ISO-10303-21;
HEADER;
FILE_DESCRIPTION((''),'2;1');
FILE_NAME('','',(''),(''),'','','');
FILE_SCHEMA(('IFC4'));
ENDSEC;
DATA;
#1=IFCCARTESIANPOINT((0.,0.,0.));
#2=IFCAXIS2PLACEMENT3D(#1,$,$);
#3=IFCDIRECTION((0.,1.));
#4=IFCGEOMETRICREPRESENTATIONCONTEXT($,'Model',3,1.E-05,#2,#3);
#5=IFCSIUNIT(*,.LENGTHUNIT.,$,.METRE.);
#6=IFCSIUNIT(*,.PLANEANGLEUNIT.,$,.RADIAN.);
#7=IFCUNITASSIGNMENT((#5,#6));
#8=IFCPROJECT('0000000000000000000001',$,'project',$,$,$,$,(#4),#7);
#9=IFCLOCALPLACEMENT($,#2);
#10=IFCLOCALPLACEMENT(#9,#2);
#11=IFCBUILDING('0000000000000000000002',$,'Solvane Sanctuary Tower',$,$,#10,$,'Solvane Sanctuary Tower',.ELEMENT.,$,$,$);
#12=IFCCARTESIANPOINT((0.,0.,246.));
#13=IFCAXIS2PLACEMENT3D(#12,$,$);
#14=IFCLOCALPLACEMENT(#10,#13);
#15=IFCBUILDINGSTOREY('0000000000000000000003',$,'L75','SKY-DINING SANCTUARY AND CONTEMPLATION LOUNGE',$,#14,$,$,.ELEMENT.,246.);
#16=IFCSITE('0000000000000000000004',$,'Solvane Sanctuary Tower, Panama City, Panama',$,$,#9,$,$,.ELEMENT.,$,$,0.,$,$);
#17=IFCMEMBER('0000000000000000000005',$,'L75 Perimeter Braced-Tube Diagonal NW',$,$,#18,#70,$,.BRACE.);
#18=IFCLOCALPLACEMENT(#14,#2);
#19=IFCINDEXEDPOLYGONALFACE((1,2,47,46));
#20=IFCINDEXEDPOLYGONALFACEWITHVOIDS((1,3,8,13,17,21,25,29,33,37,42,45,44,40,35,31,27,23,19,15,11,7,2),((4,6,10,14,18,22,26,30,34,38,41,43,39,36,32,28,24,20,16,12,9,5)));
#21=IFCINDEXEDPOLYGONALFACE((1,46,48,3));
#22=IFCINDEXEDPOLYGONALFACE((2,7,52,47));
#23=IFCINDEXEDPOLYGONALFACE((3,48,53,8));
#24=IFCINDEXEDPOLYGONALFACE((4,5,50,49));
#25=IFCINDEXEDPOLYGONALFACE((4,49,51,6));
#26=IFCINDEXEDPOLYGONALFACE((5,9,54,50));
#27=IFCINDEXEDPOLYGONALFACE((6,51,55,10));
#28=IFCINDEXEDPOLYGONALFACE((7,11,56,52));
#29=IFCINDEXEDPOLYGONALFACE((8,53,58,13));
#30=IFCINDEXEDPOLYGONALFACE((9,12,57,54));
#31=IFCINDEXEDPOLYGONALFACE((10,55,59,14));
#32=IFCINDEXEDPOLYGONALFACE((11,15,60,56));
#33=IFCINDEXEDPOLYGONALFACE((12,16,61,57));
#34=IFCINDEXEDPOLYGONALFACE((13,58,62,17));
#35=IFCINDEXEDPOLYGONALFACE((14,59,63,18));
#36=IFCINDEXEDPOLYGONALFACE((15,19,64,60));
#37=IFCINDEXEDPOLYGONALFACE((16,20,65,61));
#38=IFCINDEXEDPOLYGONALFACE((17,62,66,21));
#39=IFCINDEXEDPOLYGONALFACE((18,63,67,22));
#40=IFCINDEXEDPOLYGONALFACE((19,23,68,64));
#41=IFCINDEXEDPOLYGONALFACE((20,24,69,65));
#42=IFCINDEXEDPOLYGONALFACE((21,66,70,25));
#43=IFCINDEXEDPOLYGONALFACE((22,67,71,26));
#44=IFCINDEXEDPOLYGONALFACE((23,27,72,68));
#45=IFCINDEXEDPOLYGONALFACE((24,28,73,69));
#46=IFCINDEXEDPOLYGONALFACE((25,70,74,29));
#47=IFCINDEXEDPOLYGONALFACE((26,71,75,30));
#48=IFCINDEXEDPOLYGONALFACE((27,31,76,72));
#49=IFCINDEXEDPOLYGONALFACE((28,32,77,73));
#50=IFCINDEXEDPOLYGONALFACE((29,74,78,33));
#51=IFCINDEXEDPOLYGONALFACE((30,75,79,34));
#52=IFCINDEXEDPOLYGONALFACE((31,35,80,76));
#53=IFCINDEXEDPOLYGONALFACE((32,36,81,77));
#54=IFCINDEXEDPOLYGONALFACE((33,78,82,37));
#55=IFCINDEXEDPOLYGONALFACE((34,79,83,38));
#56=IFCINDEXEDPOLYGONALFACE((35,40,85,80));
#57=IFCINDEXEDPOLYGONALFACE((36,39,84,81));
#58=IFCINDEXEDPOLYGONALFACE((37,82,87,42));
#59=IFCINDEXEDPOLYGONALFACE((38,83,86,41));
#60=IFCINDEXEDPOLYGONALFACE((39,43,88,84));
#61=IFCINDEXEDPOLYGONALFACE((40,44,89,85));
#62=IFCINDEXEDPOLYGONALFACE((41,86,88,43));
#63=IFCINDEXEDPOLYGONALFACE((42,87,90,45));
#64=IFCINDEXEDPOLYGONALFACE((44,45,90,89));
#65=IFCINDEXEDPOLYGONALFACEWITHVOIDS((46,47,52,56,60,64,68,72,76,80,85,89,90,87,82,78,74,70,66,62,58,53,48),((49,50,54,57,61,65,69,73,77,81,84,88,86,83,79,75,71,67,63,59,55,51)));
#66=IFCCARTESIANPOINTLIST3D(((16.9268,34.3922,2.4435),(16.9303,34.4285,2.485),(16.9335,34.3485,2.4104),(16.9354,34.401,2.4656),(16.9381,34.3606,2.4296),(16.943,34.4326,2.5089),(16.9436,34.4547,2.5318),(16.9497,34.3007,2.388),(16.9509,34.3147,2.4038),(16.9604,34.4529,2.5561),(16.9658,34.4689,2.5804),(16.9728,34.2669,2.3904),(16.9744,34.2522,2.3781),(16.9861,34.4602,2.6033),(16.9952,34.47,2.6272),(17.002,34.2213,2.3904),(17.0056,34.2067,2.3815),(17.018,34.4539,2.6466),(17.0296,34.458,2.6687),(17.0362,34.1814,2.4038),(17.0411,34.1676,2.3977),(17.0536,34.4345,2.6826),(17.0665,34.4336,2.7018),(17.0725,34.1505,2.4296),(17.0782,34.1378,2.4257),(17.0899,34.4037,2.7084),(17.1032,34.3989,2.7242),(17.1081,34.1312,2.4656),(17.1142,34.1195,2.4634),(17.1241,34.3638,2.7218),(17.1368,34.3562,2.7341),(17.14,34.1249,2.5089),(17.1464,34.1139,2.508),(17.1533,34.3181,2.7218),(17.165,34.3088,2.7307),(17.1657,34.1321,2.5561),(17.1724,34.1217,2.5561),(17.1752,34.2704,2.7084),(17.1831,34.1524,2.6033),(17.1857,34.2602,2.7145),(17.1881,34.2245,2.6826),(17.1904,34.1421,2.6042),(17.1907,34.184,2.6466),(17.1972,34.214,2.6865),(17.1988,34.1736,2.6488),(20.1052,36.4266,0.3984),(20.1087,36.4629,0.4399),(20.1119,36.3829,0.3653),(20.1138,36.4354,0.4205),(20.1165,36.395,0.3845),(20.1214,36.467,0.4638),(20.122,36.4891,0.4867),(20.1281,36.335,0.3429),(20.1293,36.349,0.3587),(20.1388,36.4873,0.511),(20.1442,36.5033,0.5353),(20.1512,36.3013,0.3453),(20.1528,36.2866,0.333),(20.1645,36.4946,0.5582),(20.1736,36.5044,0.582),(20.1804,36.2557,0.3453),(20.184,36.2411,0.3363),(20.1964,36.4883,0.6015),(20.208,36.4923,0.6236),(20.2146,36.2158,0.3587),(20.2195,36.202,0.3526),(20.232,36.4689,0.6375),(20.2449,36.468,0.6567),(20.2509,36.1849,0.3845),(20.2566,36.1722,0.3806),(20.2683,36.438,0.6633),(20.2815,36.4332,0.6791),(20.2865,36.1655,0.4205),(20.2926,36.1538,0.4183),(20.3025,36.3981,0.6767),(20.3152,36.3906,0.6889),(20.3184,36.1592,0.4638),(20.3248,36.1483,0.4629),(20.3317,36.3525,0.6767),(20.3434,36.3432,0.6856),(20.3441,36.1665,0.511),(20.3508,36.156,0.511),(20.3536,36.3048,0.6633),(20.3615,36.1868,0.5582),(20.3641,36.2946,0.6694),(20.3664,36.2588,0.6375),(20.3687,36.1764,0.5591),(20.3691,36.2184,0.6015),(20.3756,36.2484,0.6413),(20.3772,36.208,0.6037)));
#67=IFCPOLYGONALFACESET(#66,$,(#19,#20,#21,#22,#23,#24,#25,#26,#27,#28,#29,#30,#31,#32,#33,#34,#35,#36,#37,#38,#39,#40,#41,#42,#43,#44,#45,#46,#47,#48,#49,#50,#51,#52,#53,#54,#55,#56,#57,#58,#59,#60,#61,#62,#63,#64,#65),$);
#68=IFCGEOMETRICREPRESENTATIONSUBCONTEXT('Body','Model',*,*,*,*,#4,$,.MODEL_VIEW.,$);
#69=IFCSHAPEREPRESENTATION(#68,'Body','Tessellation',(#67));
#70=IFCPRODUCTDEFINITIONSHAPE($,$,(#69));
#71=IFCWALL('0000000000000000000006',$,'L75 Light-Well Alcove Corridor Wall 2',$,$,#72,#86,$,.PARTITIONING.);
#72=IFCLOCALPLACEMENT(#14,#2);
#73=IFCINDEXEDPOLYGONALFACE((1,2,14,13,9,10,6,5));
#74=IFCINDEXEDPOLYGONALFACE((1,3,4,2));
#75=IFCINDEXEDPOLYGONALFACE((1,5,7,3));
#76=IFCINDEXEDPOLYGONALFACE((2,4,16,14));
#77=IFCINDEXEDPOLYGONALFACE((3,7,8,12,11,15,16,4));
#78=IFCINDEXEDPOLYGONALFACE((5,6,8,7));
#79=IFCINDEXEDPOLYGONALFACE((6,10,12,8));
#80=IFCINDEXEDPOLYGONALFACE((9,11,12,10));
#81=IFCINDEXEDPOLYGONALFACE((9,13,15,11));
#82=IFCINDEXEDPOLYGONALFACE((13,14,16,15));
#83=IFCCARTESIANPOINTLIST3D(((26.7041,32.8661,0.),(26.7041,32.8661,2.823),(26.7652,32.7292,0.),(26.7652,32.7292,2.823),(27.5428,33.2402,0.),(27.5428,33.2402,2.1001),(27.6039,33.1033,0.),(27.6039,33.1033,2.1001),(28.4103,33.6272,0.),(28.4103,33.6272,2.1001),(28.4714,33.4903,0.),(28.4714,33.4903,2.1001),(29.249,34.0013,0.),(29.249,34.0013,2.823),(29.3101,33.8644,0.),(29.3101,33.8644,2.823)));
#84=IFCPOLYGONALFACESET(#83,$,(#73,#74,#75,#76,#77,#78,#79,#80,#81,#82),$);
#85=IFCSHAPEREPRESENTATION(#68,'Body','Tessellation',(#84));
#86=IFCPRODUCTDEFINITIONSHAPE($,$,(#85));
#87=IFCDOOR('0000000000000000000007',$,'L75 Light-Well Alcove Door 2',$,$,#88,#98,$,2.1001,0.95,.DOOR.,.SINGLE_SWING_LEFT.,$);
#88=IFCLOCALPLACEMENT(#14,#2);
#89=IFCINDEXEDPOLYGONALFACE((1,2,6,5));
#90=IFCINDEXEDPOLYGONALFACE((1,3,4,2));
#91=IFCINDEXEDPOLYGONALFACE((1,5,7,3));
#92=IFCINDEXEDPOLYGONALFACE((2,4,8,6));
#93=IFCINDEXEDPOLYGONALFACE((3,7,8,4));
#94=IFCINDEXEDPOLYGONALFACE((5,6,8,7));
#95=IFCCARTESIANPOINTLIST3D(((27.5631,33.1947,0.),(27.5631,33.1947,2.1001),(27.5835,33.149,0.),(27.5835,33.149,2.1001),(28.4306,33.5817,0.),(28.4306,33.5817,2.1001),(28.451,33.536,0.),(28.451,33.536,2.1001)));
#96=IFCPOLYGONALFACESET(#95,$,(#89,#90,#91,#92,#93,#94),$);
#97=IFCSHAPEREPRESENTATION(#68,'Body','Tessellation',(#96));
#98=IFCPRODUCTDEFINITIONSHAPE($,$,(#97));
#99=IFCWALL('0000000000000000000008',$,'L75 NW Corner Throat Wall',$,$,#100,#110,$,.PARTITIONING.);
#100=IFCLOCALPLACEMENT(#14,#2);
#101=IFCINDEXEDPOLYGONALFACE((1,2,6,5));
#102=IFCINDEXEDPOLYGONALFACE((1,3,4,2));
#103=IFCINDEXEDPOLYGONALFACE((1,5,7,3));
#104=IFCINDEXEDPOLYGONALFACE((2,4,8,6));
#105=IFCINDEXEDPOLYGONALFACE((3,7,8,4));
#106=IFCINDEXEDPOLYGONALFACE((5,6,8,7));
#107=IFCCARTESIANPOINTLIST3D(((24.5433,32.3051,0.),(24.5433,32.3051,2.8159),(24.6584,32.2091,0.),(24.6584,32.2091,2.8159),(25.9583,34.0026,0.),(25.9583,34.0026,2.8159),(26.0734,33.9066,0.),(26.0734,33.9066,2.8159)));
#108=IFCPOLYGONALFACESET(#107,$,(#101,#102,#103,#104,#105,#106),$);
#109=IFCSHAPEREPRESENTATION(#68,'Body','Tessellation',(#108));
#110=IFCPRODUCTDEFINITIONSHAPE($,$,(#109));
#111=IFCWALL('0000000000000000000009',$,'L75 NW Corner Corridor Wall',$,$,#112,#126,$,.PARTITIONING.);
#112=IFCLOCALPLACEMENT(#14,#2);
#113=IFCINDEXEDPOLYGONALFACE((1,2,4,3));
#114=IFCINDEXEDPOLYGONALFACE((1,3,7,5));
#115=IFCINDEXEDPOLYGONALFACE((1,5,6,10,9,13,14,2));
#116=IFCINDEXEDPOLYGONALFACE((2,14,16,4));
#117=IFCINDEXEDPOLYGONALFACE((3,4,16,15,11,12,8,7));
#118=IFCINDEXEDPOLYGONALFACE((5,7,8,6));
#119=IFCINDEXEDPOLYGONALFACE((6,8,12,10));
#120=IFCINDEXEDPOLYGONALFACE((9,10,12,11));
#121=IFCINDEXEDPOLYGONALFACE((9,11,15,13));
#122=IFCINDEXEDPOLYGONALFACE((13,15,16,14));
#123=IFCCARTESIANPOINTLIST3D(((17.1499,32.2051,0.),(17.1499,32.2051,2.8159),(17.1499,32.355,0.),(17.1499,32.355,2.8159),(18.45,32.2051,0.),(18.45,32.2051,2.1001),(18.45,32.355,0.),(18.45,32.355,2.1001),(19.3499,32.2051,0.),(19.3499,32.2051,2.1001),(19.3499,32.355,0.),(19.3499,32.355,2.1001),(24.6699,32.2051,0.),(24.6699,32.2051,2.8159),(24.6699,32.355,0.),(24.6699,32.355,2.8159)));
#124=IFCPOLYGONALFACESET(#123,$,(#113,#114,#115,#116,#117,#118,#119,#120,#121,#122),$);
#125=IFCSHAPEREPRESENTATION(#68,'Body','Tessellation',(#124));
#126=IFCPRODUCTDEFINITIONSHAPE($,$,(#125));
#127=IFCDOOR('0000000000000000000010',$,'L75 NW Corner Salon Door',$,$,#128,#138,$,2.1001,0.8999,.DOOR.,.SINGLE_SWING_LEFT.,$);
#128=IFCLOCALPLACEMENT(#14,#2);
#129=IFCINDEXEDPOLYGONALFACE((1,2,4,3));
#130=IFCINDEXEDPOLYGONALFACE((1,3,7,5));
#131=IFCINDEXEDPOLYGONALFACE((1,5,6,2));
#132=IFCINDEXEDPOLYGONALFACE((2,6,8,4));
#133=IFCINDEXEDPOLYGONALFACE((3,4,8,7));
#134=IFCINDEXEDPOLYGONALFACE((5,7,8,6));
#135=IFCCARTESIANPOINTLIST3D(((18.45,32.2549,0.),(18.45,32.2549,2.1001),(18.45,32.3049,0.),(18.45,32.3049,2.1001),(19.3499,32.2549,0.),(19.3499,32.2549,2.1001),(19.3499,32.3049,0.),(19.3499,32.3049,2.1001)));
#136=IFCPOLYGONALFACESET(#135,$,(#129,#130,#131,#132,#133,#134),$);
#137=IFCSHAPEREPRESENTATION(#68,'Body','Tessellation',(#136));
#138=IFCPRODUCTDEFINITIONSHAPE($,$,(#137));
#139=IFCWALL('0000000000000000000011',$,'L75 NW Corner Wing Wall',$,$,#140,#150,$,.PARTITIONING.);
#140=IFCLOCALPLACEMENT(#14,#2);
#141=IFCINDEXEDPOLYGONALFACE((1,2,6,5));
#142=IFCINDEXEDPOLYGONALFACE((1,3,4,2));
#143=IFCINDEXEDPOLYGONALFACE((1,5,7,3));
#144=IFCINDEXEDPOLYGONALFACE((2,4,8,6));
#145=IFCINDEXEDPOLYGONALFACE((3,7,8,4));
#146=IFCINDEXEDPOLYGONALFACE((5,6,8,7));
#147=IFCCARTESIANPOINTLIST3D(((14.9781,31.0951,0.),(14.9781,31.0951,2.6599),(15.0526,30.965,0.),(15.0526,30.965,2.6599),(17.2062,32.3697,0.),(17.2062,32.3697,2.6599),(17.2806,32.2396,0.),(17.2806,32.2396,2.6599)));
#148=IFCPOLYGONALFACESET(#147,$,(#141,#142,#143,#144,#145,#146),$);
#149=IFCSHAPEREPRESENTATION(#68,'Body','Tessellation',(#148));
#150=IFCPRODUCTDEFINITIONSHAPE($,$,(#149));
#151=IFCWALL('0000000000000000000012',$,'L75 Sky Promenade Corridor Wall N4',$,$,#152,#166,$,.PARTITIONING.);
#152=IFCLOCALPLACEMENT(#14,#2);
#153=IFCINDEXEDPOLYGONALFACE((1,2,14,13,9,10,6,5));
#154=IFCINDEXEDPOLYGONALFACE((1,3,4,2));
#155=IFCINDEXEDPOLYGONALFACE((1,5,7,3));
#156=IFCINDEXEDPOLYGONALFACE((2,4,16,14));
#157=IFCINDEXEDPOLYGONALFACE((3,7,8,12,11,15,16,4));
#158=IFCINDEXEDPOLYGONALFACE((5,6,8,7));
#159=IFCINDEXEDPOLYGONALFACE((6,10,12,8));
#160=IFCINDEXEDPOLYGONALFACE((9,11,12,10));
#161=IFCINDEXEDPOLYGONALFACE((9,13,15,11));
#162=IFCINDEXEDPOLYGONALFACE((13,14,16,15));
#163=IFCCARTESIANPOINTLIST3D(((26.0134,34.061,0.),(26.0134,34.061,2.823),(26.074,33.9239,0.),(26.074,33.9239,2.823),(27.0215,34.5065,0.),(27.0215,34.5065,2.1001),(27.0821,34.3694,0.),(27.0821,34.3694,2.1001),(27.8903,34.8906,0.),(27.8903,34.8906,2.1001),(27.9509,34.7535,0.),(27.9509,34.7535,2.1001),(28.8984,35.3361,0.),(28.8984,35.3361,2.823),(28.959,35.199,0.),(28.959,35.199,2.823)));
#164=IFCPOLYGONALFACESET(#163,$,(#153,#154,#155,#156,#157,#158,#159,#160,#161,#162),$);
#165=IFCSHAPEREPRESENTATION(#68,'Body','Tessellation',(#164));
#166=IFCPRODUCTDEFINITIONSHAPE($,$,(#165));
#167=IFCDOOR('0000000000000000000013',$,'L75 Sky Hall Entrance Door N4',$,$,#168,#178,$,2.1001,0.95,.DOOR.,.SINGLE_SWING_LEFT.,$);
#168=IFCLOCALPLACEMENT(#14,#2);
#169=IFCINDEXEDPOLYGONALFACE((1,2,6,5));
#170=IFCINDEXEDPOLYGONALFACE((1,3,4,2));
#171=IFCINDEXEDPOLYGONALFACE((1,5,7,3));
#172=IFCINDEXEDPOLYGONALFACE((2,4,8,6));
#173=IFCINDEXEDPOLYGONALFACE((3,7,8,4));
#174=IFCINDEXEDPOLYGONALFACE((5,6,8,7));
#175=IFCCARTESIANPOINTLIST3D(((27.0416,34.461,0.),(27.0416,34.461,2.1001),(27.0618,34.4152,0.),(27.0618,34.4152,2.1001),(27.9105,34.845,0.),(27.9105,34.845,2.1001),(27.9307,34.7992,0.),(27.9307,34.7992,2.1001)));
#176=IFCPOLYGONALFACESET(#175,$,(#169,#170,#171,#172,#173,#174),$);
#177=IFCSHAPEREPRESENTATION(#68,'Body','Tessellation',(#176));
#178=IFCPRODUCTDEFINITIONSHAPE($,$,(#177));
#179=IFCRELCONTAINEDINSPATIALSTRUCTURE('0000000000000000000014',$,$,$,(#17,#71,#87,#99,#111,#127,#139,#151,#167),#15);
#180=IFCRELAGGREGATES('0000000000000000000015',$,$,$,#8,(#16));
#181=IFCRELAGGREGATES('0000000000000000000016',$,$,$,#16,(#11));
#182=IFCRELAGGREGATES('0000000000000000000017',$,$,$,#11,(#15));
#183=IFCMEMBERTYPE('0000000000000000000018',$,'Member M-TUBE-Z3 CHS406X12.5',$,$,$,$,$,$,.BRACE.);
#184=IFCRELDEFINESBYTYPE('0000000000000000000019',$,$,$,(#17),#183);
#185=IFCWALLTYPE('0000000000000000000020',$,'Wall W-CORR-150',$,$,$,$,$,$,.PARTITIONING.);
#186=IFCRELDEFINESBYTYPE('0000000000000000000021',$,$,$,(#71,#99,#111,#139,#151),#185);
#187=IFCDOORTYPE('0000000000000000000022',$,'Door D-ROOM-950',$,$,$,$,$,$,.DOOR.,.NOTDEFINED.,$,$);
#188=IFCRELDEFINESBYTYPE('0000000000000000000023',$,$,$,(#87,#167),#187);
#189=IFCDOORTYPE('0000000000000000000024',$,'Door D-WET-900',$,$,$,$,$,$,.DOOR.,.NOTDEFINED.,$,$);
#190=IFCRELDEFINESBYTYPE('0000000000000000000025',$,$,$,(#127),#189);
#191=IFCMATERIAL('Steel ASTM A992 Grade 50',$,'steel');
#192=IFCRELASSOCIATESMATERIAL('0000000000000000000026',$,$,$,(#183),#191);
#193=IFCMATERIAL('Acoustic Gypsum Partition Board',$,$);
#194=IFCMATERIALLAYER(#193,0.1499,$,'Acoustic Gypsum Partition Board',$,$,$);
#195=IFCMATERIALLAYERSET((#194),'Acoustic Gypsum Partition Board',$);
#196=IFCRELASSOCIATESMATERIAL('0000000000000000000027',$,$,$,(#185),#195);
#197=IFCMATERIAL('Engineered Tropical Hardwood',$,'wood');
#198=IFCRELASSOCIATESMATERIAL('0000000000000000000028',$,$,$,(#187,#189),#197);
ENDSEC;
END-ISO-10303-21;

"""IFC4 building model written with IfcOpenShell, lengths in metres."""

from ifc_helpers import new_model, si_unit, direction, frame, frame_2d, origin, origin_2d, place, context, subcontext, project, spatial, rectangle, hollow_circle, extrude, material, layer, layer_set, material_profile, profile_set, type_object, element, fill, save


model = new_model("IFC4")

# Units and contexts
model_context = context("Model", 3, precision=1e-05, world=origin(), true_north=direction((0.0, 1.0)))
body_context = subcontext(model_context, "Body", "Model", "MODEL_VIEW")
ifc_project = project(units=[si_unit("LENGTHUNIT", "METRE"), si_unit("PLANEANGLEUNIT", "RADIAN")], contexts=[model_context])

# Site, building, storey
site_placement = place(None, origin())
site = spatial("IfcSite", under=ifc_project, at=site_placement, Name="Solvane Sanctuary Tower, Panama City, Panama", CompositionType="ELEMENT", RefElevation=0.0)
building_placement = place(site_placement, origin())
building = spatial("IfcBuilding", under=site, at=building_placement, Name="Solvane Sanctuary Tower", LongName="Solvane Sanctuary Tower", CompositionType="ELEMENT")
storey_placement = place(building_placement, frame((0.0, 0.0, 246.0)))
storey = spatial("IfcBuildingStorey", under=building, at=storey_placement, Name="L75", Description="SKY-DINING SANCTUARY AND CONTEMPLATION LOUNGE", CompositionType="ELEMENT", Elevation=246.0)

# Shared definitions
ifc_material_1 = material(Name="Steel ASTM A992 Grade 50", Category="steel")

# Member
ifc_material_profile_1 = material_profile(ifc_material_1, hollow_circle(Radius=0.2029, WallThickness=0.0125, at=origin_2d()), Name="CHS406X12.5")
ifc_profile_set_1 = profile_set([ifc_material_profile_1], Name="Steel ASTM A992 Grade 50")
member_type = type_object("IfcMemberType", Name="Member M-TUBE-Z3 CHS406X12.5", PredefinedType="BRACE", material=ifc_profile_set_1)
member_placement = place(storey_placement, frame((20.2415, 36.3269, 0.511), z_axis=(-0.740496, -0.473965, 0.476468), x_axis=(0.539092, -0.842247, 0.0)))
element("IfcMember", 1, at=member_placement, inside=storey, type_object=member_type, Name="L75 Perimeter Braced-Tube Diagonal NW", PredefinedType="BRACE", context=body_context, shape_type="SweptSolid", body=[
    extrude(hollow_circle(Radius=0.2029, WallThickness=0.0125, at=origin_2d()), origin(), (0.0, 0.0, 1.0), 4.2922),
])

# Wall, opening, door
ifc_material_2 = material(Name="Acoustic Gypsum Partition Board")
ifc_layer_1 = layer(ifc_material_2, 0.1499, Name="Acoustic Gypsum Partition Board")
ifc_layer_set_1 = layer_set([ifc_layer_1], Name="Acoustic Gypsum Partition Board")
wall_type_1 = type_object("IfcWallType", Name="Wall W-CORR-150", PredefinedType="PARTITIONING", material=ifc_layer_set_1)
wall_1_placement = place(storey_placement, frame((29.2795, 33.9329, 0.0), z_axis=(0.0, 0.0, 1.0), x_axis=(-0.913254, -0.40739, 0.0)))
wall_1 = element("IfcWall", 2, at=wall_1_placement, inside=storey, type_object=wall_type_1, Name="L75 Light-Well Alcove Corridor Wall 2", PredefinedType="PARTITIONING", context=body_context, shape_type="SweptSolid", body=[
    extrude(rectangle(XDim=2.7866, YDim=0.1499, at=frame_2d((1.3933, 0.0))), origin(), (0.0, 0.0, 1.0), 2.823),
])
opening_1_placement = place(wall_1_placement, frame((0.9182, 0.0, 0.0)))
opening_1 = element("IfcOpeningElement", 3, at=opening_1_placement, cuts=wall_1, PredefinedType="OPENING", context=body_context, shape_type="SweptSolid", body=[
    extrude(rectangle(XDim=0.95, YDim=2.1001, at=frame_2d((0.4751, 1.05))), frame((0.0, 0.085, 0.0), z_axis=(0.0, -1.0, 0.0), x_axis=(1.0, 0.0, 0.0)), (0.0, 0.0, 1.0), 0.1699),
])
ifc_material_3 = material(Name="Engineered Tropical Hardwood", Category="wood")
door_type_1 = type_object("IfcDoorType", Name="Door D-ROOM-950", OperationType="NOTDEFINED", PredefinedType="DOOR", material=ifc_material_3)
door_1_placement = place(opening_1_placement, origin())
door_1 = element("IfcDoor", 4, at=door_1_placement, inside=storey, type_object=door_type_1, Name="L75 Light-Well Alcove Door 2", OperationType="SINGLE_SWING_LEFT", OverallHeight=2.1001, OverallWidth=0.95, PredefinedType="DOOR", context=body_context, shape_type="SweptSolid", body=[
    extrude(rectangle(XDim=0.95, YDim=2.1001, at=frame_2d((0.4751, 1.05))), frame((0.0, 0.0249, 0.0), z_axis=(0.0, -1.0, 0.0), x_axis=(1.0, 0.0, 0.0)), (0.0, 0.0, 1.0), 0.05),
])
fill(opening_1, door_1)

# Wall
wall_2_placement = place(storey_placement, frame((26.0159, 33.9546, 0.0), z_axis=(0.0, 0.0, 1.0), x_axis=(-0.640304, -0.768122, 0.0)))
element("IfcWall", 5, at=wall_2_placement, inside=storey, type_object=wall_type_1, Name="L75 NW Corner Throat Wall", PredefinedType="PARTITIONING", context=body_context, shape_type="SweptSolid", body=[
    extrude(rectangle(XDim=2.21, YDim=0.1499, at=frame_2d((1.105, 0.0))), origin(), (0.0, 0.0, 1.0), 2.8159),
])

# Wall, opening, door
wall_3_placement = place(storey_placement, frame((17.1499, 32.28, 0.0), z_axis=(0.0, 0.0, 1.0), x_axis=(1.0, 0.0, 0.0)))
wall_3 = element("IfcWall", 6, at=wall_3_placement, inside=storey, type_object=wall_type_1, Name="L75 NW Corner Corridor Wall", PredefinedType="PARTITIONING", context=body_context, shape_type="SweptSolid", body=[
    extrude(rectangle(XDim=7.52, YDim=0.1499, at=frame_2d((3.76, 0.0))), origin(), (0.0, 0.0, 1.0), 2.8159),
])
opening_2_placement = place(wall_3_placement, frame((1.3, 0.0, 0.0)))
opening_2 = element("IfcOpeningElement", 7, at=opening_2_placement, cuts=wall_3, PredefinedType="OPENING", context=body_context, shape_type="SweptSolid", body=[
    extrude(rectangle(XDim=0.8999, YDim=2.1001, at=frame_2d((0.45, 1.05))), frame((0.0, 0.085, 0.0), z_axis=(0.0, -1.0, 0.0), x_axis=(1.0, 0.0, 0.0)), (0.0, 0.0, 1.0), 0.1699),
])
door_type_2 = type_object("IfcDoorType", Name="Door D-WET-900", OperationType="NOTDEFINED", PredefinedType="DOOR", material=ifc_material_3)
door_2_placement = place(opening_2_placement, origin())
door_2 = element("IfcDoor", 8, at=door_2_placement, inside=storey, type_object=door_type_2, Name="L75 NW Corner Salon Door", OperationType="SINGLE_SWING_LEFT", OverallHeight=2.1001, OverallWidth=0.8999, PredefinedType="DOOR", context=body_context, shape_type="SweptSolid", body=[
    extrude(rectangle(XDim=0.8999, YDim=2.1001, at=frame_2d((0.45, 1.05))), frame((0.0, 0.0249, 0.0), z_axis=(0.0, -1.0, 0.0), x_axis=(1.0, 0.0, 0.0)), (0.0, 0.0, 1.0), 0.05),
])
fill(opening_2, door_2)

# Wall
wall_4_placement = place(storey_placement, frame((17.2434, 32.3047, 0.0), z_axis=(0.0, 0.0, 1.0), x_axis=(-0.867991, -0.496579, 0.0)))
element("IfcWall", 9, at=wall_4_placement, inside=storey, type_object=wall_type_1, Name="L75 NW Corner Wing Wall", PredefinedType="PARTITIONING", context=body_context, shape_type="SweptSolid", body=[
    extrude(rectangle(XDim=2.5669, YDim=0.1499, at=frame_2d((1.2834, 0.0))), origin(), (0.0, 0.0, 1.0), 2.6599),
])

# Wall, opening, door
wall_5_placement = place(storey_placement, frame((28.9287, 35.2676, 0.0), z_axis=(0.0, 0.0, 1.0), x_axis=(-0.914643, -0.404263, 0.0)))
wall_5 = element("IfcWall", 10, at=wall_5_placement, inside=storey, type_object=wall_type_1, Name="L75 Sky Promenade Corridor Wall N4", PredefinedType="PARTITIONING", context=body_context, shape_type="SweptSolid", body=[
    extrude(rectangle(XDim=3.1543, YDim=0.1499, at=frame_2d((1.5771, 0.0))), origin(), (0.0, 0.0, 1.0), 2.823),
])
opening_3_placement = place(wall_5_placement, frame((1.1021, 0.0, 0.0)))
opening_3 = element("IfcOpeningElement", 11, at=opening_3_placement, cuts=wall_5, PredefinedType="OPENING", context=body_context, shape_type="SweptSolid", body=[
    extrude(rectangle(XDim=0.95, YDim=2.1001, at=frame_2d((0.4751, 1.05))), frame((0.0, 0.085, 0.0), z_axis=(0.0, -1.0, 0.0), x_axis=(1.0, 0.0, 0.0)), (0.0, 0.0, 1.0), 0.1699),
])
door_3_placement = place(opening_3_placement, origin())
door_3 = element("IfcDoor", 12, at=door_3_placement, inside=storey, type_object=door_type_1, Name="L75 Sky Hall Entrance Door N4", OperationType="SINGLE_SWING_LEFT", OverallHeight=2.1001, OverallWidth=0.95, PredefinedType="DOOR", context=body_context, shape_type="SweptSolid", body=[
    extrude(rectangle(XDim=0.95, YDim=2.1001, at=frame_2d((0.4751, 1.05))), frame((0.0, 0.0249, 0.0), z_axis=(0.0, -1.0, 0.0), x_axis=(1.0, 0.0, 0.0)), (0.0, 0.0, 1.0), 0.05),
])
fill(opening_3, door_3)

save(model, "model.ifc")
